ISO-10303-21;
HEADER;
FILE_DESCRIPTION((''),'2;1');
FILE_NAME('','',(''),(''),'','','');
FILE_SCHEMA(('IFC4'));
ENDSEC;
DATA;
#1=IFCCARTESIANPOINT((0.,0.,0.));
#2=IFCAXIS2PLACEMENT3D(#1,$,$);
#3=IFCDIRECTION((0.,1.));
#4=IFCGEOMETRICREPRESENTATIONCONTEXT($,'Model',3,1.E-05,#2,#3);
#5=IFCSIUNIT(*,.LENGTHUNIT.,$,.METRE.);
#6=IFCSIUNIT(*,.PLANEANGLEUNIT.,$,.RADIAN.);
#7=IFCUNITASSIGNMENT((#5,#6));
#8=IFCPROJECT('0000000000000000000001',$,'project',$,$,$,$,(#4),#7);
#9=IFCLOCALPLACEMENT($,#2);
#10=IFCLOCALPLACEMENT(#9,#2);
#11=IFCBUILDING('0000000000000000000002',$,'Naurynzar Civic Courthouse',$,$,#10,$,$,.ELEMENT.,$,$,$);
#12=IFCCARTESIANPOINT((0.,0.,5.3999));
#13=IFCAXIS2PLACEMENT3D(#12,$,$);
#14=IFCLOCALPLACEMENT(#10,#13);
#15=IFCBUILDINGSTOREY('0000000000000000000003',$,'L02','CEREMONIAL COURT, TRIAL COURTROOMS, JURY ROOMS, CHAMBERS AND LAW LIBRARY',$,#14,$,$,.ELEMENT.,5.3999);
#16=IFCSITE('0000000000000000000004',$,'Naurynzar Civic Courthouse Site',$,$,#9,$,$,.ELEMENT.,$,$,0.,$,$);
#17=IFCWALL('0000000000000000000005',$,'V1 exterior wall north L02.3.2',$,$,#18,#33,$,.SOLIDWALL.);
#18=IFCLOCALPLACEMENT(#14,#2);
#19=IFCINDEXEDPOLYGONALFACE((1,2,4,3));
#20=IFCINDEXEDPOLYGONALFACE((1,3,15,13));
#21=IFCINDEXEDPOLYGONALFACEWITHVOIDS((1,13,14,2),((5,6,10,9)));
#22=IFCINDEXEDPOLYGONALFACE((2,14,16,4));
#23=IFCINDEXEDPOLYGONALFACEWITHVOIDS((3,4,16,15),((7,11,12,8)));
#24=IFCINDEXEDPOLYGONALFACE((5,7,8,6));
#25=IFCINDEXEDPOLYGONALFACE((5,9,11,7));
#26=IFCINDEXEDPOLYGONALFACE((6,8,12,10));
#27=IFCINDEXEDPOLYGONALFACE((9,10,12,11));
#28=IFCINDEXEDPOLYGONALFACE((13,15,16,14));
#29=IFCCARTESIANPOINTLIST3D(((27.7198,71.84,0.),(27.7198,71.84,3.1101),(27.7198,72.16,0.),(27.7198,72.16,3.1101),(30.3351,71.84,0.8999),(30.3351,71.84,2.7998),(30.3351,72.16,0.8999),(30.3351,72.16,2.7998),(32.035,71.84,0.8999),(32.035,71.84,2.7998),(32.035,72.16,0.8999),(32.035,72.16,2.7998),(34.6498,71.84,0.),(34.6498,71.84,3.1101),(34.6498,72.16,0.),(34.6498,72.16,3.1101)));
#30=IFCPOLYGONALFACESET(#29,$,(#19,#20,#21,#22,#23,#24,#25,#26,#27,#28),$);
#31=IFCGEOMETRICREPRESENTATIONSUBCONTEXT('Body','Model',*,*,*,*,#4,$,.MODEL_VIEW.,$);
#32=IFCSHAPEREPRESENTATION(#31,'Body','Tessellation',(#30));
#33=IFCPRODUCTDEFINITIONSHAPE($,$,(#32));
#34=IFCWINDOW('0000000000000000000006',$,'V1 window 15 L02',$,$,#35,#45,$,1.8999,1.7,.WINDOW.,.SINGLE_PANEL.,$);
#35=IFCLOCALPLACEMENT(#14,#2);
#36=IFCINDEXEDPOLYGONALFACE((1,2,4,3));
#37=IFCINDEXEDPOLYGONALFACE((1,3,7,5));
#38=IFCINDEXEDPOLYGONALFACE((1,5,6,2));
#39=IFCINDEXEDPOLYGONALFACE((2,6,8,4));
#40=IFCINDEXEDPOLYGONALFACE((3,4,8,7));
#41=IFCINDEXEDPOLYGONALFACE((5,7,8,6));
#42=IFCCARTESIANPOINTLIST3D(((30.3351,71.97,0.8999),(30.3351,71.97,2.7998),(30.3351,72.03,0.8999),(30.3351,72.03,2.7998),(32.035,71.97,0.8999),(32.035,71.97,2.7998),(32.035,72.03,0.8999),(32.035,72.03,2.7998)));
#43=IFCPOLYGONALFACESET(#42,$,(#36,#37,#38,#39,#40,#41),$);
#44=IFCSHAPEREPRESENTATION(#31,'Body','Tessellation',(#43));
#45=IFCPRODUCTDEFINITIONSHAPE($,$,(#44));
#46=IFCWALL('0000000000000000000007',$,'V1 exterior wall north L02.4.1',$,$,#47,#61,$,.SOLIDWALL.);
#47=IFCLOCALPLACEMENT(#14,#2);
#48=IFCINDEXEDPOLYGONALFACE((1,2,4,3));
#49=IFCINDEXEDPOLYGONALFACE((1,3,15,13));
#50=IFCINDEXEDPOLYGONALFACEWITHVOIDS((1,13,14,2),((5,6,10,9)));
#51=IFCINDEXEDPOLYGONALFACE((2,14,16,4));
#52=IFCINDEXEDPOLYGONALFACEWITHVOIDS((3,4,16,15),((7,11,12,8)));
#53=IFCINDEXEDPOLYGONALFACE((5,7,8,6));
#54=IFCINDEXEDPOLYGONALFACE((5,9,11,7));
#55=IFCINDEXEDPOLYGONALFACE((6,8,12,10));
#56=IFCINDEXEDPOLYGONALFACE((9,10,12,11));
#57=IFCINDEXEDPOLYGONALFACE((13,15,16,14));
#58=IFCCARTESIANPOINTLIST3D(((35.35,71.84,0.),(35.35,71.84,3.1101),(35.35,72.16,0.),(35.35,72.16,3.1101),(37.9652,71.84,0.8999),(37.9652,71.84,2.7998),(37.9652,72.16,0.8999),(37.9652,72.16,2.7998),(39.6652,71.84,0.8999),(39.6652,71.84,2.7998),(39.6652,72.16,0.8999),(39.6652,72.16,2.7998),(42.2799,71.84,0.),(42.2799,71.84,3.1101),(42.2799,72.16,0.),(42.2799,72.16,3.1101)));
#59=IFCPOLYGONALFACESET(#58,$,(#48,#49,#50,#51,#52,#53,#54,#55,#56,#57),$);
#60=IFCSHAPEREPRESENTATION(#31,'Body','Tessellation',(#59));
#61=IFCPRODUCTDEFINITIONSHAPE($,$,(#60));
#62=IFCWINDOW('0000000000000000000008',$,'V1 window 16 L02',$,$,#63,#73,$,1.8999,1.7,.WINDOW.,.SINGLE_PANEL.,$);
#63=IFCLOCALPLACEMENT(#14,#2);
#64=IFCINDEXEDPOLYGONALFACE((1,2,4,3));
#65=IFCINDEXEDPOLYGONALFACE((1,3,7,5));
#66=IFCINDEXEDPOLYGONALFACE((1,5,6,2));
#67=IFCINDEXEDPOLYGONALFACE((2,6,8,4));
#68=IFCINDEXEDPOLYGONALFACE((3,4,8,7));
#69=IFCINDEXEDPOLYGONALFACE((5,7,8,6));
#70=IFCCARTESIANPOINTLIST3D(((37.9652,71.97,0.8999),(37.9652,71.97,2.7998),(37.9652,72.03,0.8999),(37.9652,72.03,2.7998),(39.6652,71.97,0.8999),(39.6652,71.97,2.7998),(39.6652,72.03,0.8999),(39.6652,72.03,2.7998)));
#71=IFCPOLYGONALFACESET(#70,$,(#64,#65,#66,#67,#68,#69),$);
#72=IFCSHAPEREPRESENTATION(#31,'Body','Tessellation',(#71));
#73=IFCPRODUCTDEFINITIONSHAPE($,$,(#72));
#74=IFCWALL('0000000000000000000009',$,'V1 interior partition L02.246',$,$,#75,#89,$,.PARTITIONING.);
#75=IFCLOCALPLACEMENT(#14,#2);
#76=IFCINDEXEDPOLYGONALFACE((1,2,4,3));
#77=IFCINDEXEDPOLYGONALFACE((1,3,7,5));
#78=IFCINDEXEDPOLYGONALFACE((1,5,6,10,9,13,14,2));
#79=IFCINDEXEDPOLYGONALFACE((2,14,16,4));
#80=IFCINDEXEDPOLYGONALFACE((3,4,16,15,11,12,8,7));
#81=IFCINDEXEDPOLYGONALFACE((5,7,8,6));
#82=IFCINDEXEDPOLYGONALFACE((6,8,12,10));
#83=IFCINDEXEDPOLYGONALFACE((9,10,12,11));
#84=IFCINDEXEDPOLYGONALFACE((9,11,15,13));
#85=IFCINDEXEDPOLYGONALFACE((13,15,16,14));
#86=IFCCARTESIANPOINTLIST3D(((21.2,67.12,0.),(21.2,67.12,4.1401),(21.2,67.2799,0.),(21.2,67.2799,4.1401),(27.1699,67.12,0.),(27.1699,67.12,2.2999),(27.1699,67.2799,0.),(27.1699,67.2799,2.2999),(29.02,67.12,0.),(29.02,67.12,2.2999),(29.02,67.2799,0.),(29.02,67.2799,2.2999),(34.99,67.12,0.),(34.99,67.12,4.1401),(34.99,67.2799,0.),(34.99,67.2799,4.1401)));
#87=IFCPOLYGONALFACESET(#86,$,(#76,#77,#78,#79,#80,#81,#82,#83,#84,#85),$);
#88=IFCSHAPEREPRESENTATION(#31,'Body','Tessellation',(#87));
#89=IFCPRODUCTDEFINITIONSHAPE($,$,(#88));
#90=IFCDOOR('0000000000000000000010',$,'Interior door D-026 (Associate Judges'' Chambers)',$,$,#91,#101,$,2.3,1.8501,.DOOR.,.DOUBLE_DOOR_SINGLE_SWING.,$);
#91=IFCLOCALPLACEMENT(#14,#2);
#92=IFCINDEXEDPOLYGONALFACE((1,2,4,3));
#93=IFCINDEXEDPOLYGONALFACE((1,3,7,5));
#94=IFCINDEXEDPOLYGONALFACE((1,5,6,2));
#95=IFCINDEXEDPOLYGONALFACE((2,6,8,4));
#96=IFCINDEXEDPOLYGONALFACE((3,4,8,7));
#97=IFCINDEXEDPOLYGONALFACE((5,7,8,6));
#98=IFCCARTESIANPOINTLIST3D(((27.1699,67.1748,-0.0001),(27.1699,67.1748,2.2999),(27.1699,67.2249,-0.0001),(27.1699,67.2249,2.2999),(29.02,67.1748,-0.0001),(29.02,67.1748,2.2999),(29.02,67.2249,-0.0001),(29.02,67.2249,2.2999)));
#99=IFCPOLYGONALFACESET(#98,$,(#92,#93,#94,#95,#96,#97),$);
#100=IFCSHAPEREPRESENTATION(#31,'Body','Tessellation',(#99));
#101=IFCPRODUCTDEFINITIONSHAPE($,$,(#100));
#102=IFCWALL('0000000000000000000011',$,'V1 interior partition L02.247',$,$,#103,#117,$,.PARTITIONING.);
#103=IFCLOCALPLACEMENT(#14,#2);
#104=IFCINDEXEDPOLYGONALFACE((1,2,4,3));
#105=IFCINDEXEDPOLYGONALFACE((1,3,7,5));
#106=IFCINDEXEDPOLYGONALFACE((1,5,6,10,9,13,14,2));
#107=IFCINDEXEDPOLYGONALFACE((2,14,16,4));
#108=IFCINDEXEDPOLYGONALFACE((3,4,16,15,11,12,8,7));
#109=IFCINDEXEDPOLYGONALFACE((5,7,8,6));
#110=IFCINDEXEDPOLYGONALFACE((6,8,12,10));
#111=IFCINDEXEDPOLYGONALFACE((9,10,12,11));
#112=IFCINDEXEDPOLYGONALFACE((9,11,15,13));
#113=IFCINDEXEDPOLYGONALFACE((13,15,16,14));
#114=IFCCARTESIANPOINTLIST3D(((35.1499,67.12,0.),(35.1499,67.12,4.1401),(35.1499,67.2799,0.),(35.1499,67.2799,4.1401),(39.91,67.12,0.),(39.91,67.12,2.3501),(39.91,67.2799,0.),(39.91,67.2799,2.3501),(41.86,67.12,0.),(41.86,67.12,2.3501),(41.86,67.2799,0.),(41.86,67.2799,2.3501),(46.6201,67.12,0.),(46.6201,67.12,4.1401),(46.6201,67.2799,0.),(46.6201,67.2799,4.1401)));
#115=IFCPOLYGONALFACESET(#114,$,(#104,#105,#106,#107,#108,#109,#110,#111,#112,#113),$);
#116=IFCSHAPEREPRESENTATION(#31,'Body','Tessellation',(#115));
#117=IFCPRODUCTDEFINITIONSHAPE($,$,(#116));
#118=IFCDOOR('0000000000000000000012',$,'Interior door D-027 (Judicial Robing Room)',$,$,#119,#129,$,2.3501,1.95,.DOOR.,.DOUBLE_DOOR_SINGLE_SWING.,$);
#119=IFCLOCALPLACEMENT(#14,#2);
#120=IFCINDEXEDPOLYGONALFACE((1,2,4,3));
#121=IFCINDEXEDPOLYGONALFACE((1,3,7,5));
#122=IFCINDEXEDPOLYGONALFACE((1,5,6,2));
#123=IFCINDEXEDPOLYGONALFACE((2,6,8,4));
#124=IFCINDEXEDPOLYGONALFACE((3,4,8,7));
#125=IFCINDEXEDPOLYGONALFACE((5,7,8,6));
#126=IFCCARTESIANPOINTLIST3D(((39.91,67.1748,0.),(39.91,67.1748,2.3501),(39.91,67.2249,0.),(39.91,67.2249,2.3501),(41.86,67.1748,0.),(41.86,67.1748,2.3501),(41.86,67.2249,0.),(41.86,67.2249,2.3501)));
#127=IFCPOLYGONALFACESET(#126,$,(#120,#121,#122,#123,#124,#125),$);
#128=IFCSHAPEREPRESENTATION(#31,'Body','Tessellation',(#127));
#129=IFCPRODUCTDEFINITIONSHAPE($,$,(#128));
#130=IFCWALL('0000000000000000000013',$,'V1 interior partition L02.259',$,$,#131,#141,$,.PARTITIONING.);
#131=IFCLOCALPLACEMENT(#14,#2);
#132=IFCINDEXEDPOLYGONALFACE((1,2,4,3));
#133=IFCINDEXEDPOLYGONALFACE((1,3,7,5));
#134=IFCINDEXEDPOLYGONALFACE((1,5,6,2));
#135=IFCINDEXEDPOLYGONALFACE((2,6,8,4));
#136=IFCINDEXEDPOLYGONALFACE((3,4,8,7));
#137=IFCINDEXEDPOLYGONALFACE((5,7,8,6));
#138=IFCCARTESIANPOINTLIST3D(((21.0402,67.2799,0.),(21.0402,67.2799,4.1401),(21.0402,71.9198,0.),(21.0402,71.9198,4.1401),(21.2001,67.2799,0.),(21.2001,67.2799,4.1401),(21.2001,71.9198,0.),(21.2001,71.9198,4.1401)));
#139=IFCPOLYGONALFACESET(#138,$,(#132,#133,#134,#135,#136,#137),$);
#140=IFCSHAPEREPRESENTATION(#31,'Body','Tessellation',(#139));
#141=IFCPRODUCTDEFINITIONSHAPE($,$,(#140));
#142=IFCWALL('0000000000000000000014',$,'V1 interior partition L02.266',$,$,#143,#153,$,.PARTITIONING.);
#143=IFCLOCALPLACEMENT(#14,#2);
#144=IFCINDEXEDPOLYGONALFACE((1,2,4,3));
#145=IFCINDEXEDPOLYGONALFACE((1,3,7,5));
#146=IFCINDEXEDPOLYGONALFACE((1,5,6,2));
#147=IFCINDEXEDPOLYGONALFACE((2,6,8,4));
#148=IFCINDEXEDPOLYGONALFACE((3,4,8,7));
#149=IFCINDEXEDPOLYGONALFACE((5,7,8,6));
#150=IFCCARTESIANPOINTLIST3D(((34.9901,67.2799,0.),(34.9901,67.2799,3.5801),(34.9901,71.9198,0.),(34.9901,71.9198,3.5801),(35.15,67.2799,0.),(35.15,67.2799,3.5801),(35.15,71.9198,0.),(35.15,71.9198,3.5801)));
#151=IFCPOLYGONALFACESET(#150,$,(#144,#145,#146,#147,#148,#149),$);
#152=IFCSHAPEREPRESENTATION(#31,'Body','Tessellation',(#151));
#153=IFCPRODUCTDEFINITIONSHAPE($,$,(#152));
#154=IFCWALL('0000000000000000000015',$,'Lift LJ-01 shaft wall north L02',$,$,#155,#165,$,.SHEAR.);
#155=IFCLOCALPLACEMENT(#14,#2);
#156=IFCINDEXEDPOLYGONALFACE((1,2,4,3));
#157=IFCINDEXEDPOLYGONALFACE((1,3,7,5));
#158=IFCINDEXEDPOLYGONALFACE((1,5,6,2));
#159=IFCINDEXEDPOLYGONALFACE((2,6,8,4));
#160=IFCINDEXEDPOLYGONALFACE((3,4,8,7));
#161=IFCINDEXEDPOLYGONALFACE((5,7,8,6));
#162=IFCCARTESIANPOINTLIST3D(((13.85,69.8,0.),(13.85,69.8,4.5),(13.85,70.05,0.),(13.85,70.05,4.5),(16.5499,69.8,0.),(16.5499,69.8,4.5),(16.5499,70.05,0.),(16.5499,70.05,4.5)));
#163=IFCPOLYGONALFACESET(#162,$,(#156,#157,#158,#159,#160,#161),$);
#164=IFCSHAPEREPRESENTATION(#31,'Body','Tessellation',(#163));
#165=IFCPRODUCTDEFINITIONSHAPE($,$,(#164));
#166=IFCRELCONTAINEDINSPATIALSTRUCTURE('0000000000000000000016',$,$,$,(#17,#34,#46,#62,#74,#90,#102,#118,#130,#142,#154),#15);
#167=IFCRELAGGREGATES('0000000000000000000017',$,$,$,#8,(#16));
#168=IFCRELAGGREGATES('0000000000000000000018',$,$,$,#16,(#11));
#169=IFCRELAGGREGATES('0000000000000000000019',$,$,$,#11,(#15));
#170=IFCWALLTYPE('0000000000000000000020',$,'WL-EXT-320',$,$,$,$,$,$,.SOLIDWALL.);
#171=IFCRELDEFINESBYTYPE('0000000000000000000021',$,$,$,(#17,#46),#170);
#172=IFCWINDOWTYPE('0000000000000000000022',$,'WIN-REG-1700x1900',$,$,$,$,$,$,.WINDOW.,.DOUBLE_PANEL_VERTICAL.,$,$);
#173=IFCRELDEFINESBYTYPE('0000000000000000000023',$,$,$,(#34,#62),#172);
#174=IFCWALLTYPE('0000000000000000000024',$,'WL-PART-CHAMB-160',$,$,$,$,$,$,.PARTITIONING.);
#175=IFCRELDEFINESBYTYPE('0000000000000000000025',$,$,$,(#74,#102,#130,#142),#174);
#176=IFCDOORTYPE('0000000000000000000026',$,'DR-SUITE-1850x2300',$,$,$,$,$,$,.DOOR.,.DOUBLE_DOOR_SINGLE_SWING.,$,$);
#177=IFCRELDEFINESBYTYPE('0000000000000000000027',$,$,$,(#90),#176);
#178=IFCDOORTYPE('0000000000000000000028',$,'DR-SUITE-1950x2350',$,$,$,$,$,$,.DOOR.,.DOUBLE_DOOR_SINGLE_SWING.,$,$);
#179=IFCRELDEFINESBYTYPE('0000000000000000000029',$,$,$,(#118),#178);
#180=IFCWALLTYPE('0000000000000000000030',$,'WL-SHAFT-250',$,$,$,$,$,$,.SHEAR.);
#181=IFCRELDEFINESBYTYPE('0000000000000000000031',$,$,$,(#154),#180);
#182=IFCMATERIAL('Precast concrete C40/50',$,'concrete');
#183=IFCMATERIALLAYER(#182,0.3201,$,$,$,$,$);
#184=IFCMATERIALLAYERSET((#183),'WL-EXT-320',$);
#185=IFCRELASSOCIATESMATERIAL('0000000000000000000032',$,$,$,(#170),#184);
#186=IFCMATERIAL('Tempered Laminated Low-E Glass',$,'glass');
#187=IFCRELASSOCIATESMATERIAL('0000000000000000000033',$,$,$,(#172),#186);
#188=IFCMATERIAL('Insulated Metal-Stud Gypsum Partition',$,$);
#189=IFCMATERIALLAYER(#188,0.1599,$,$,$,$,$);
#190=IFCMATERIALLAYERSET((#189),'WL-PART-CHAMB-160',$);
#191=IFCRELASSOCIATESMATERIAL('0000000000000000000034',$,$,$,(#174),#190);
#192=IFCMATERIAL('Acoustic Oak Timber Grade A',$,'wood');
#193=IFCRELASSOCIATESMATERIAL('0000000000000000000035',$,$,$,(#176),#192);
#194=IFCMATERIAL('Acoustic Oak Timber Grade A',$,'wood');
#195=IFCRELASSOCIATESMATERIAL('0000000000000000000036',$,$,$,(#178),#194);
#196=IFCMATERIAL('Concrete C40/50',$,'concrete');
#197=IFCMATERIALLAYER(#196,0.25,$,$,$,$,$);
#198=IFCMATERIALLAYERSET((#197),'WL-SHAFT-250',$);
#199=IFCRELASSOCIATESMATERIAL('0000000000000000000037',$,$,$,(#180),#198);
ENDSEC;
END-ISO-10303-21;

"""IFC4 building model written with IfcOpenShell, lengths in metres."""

from ifc_helpers import new_model, si_unit, direction, frame, frame_2d, origin, place, context, subcontext, project, spatial, rectangle, extrude, material, layer, layer_set, type_object, element, fill, save


model = new_model("IFC4")

# Units and contexts
model_context = context("Model", 3, precision=1e-05, world=origin(), true_north=direction((0.0, 1.0)))
body_context = subcontext(model_context, "Body", "Model", "MODEL_VIEW")
ifc_project = project(units=[si_unit("LENGTHUNIT", "METRE"), si_unit("PLANEANGLEUNIT", "RADIAN")], contexts=[model_context])

# Site, building, storey
site_placement = place(None, origin())
site = spatial("IfcSite", under=ifc_project, at=site_placement, Name="Naurynzar Civic Courthouse Site", CompositionType="ELEMENT", RefElevation=0.0)
building_placement = place(site_placement, origin())
building = spatial("IfcBuilding", under=site, at=building_placement, Name="Naurynzar Civic Courthouse", CompositionType="ELEMENT")
storey_placement = place(building_placement, frame((0.0, 0.0, 5.3999)))
storey = spatial("IfcBuildingStorey", under=building, at=storey_placement, Name="L02", Description="CEREMONIAL COURT, TRIAL COURTROOMS, JURY ROOMS, CHAMBERS AND LAW LIBRARY", CompositionType="ELEMENT", Elevation=5.3999)

# Walls, openings, windows
ifc_material_1 = material(Name="Precast concrete C40/50", Category="concrete")
ifc_layer_1 = layer(ifc_material_1, 0.3201)
ifc_layer_set_1 = layer_set([ifc_layer_1], Name="WL-EXT-320")
wall_type_1 = type_object("IfcWallType", Name="WL-EXT-320", PredefinedType="SOLIDWALL", material=ifc_layer_set_1)
ifc_material_2 = material(Name="Tempered Laminated Low-E Glass", Category="glass")
window_type = type_object("IfcWindowType", Name="WIN-REG-1700x1900", PartitioningType="DOUBLE_PANEL_VERTICAL", PredefinedType="WINDOW", material=ifc_material_2)
wall_1_placement = place(storey_placement, frame((27.72, 72.0, 0.0), z_axis=(0.0, 0.0, 1.0), x_axis=(1.0, 0.0, 0.0)))
wall_1 = element("IfcWall", 1, at=wall_1_placement, inside=storey, type_object=wall_type_1, Name="V1 exterior wall north L02.3.2", PredefinedType="SOLIDWALL", context=body_context, shape_type="SweptSolid", body=[
    extrude(rectangle(XDim=6.9299, YDim=0.3201, at=frame_2d((3.4648, 0.0))), origin(), (0.0, 0.0, 1.0), 3.1101),
])
opening_1_placement = place(wall_1_placement, frame((2.615, 0.0, 0.8999)))
opening_1 = element("IfcOpeningElement", 2, at=opening_1_placement, cuts=wall_1, PredefinedType="OPENING", context=body_context, shape_type="SweptSolid", body=[
    extrude(rectangle(XDim=1.7, YDim=1.8999, at=frame_2d((0.8501, 0.95))), frame((0.0, 0.1699, 0.0), z_axis=(0.0, -1.0, 0.0), x_axis=(1.0, 0.0, 0.0)), (0.0, 0.0, 1.0), 0.3401),
])
window_1_placement = place(opening_1_placement, origin())
window_1 = element("IfcWindow", 3, at=window_1_placement, inside=storey, type_object=window_type, Name="V1 window 15 L02", OverallHeight=1.8999, OverallWidth=1.7, PartitioningType="SINGLE_PANEL", PredefinedType="WINDOW", context=body_context, shape_type="SweptSolid", body=[
    extrude(rectangle(XDim=1.7, YDim=1.8999, at=frame_2d((0.8501, 0.95))), frame((0.0, 0.03, 0.0), z_axis=(0.0, -1.0, 0.0), x_axis=(1.0, 0.0, 0.0)), (0.0, 0.0, 1.0), 0.0601),
])
fill(opening_1, window_1)
wall_2_placement = place(storey_placement, frame((35.3501, 72.0, 0.0), z_axis=(0.0, 0.0, 1.0), x_axis=(1.0, 0.0, 0.0)))
wall_2 = element("IfcWall", 4, at=wall_2_placement, inside=storey, type_object=wall_type_1, Name="V1 exterior wall north L02.4.1", PredefinedType="SOLIDWALL", context=body_context, shape_type="SweptSolid", body=[
    extrude(rectangle(XDim=6.9299, YDim=0.3201, at=frame_2d((3.4648, 0.0))), origin(), (0.0, 0.0, 1.0), 3.1101),
])
opening_2_placement = place(wall_2_placement, frame((2.615, 0.0, 0.8999)))
opening_2 = element("IfcOpeningElement", 5, at=opening_2_placement, cuts=wall_2, PredefinedType="OPENING", context=body_context, shape_type="SweptSolid", body=[
    extrude(rectangle(XDim=1.7, YDim=1.8999, at=frame_2d((0.8501, 0.95))), frame((0.0, 0.1699, 0.0), z_axis=(0.0, -1.0, 0.0), x_axis=(1.0, 0.0, 0.0)), (0.0, 0.0, 1.0), 0.3401),
])
window_2_placement = place(opening_2_placement, origin())
window_2 = element("IfcWindow", 6, at=window_2_placement, inside=storey, type_object=window_type, Name="V1 window 16 L02", OverallHeight=1.8999, OverallWidth=1.7, PartitioningType="SINGLE_PANEL", PredefinedType="WINDOW", context=body_context, shape_type="SweptSolid", body=[
    extrude(rectangle(XDim=1.7, YDim=1.8999, at=frame_2d((0.8501, 0.95))), frame((0.0, 0.03, 0.0), z_axis=(0.0, -1.0, 0.0), x_axis=(1.0, 0.0, 0.0)), (0.0, 0.0, 1.0), 0.0601),
])
fill(opening_2, window_2)

# Walls, openings, doors
ifc_material_3 = material(Name="Insulated Metal-Stud Gypsum Partition")
ifc_layer_2 = layer(ifc_material_3, 0.1599)
ifc_layer_set_2 = layer_set([ifc_layer_2], Name="WL-PART-CHAMB-160")
wall_type_2 = type_object("IfcWallType", Name="WL-PART-CHAMB-160", PredefinedType="PARTITIONING", material=ifc_layer_set_2)
wall_3_placement = place(storey_placement, frame((21.2, 67.2, 0.0), z_axis=(0.0, 0.0, 1.0), x_axis=(1.0, 0.0, 0.0)))
wall_3 = element("IfcWall", 7, at=wall_3_placement, inside=storey, type_object=wall_type_2, Name="V1 interior partition L02.246", PredefinedType="PARTITIONING", context=body_context, shape_type="SweptSolid", body=[
    extrude(rectangle(XDim=13.79, YDim=0.1599, at=frame_2d((6.895, 0.0))), origin(), (0.0, 0.0, 1.0), 4.1401),
])
opening_3_placement = place(wall_3_placement, frame((5.97, 0.0, 0.0)))
opening_3 = element("IfcOpeningElement", 8, at=opening_3_placement, cuts=wall_3, PredefinedType="OPENING", context=body_context, shape_type="SweptSolid", body=[
    extrude(rectangle(XDim=1.8501, YDim=2.3, at=frame_2d((0.925, 1.1499))), frame((0.0, 0.0898, 0.0), z_axis=(0.0, -1.0, 0.0), x_axis=(1.0, 0.0, 0.0)), (0.0, 0.0, 1.0), 0.1799),
])
ifc_material_4 = material(Name="Acoustic Oak Timber Grade A", Category="wood")
door_type_1 = type_object("IfcDoorType", Name="DR-SUITE-1850x2300", OperationType="DOUBLE_DOOR_SINGLE_SWING", PredefinedType="DOOR", material=ifc_material_4)
door_1_placement = place(opening_3_placement, origin())
door_1 = element("IfcDoor", 9, at=door_1_placement, inside=storey, type_object=door_type_1, Name="Interior door D-026 (Associate Judges' Chambers)", OperationType="DOUBLE_DOOR_SINGLE_SWING", OverallHeight=2.3, OverallWidth=1.8501, PredefinedType="DOOR", context=body_context, shape_type="SweptSolid", body=[
    extrude(rectangle(XDim=1.8501, YDim=2.3, at=frame_2d((0.925, 1.1499))), frame((0.0, 0.0249, 0.0), z_axis=(0.0, -1.0, 0.0), x_axis=(1.0, 0.0, 0.0)), (0.0, 0.0, 1.0), 0.05),
])
fill(opening_3, door_1)
wall_4_placement = place(storey_placement, frame((35.1499, 67.2, 0.0), z_axis=(0.0, 0.0, 1.0), x_axis=(1.0, 0.0, 0.0)))
wall_4 = element("IfcWall", 10, at=wall_4_placement, inside=storey, type_object=wall_type_2, Name="V1 interior partition L02.247", PredefinedType="PARTITIONING", context=body_context, shape_type="SweptSolid", body=[
    extrude(rectangle(XDim=11.4702, YDim=0.1599, at=frame_2d((5.7351, 0.0))), origin(), (0.0, 0.0, 1.0), 4.1401),
])
opening_4_placement = place(wall_4_placement, frame((4.76, 0.0, 0.0)))
opening_4 = element("IfcOpeningElement", 11, at=opening_4_placement, cuts=wall_4, PredefinedType="OPENING", context=body_context, shape_type="SweptSolid", body=[
    extrude(rectangle(XDim=1.95, YDim=2.3501, at=frame_2d((0.9751, 1.175))), frame((0.0, 0.0898, 0.0), z_axis=(0.0, -1.0, 0.0), x_axis=(1.0, 0.0, 0.0)), (0.0, 0.0, 1.0), 0.1799),
])
ifc_material_5 = material(Name="Acoustic Oak Timber Grade A", Category="wood")
door_type_2 = type_object("IfcDoorType", Name="DR-SUITE-1950x2350", OperationType="DOUBLE_DOOR_SINGLE_SWING", PredefinedType="DOOR", material=ifc_material_5)
door_2_placement = place(opening_4_placement, origin())
door_2 = element("IfcDoor", 12, at=door_2_placement, inside=storey, type_object=door_type_2, Name="Interior door D-027 (Judicial Robing Room)", OperationType="DOUBLE_DOOR_SINGLE_SWING", OverallHeight=2.3501, OverallWidth=1.95, PredefinedType="DOOR", context=body_context, shape_type="SweptSolid", body=[
    extrude(rectangle(XDim=1.95, YDim=2.3501, at=frame_2d((0.9751, 1.175))), frame((0.0, 0.0249, 0.0), z_axis=(0.0, -1.0, 0.0), x_axis=(1.0, 0.0, 0.0)), (0.0, 0.0, 1.0), 0.05),
])
fill(opening_4, door_2)

# Walls
wall_5_placement = place(storey_placement, frame((21.1201, 67.28, 0.0), z_axis=(0.0, 0.0, 1.0), x_axis=(0.0, 1.0, 0.0)))
element("IfcWall", 13, at=wall_5_placement, inside=storey, type_object=wall_type_2, Name="V1 interior partition L02.259", PredefinedType="PARTITIONING", context=body_context, shape_type="SweptSolid", body=[
    extrude(rectangle(XDim=4.6399, YDim=0.1599, at=frame_2d((2.3198, 0.0))), origin(), (0.0, 0.0, 1.0), 4.1401),
])
wall_6_placement = place(storey_placement, frame((35.0701, 67.28, 0.0), z_axis=(0.0, 0.0, 1.0), x_axis=(0.0, 1.0, 0.0)))
element("IfcWall", 14, at=wall_6_placement, inside=storey, type_object=wall_type_2, Name="V1 interior partition L02.266", PredefinedType="PARTITIONING", context=body_context, shape_type="SweptSolid", body=[
    extrude(rectangle(XDim=4.6399, YDim=0.1599, at=frame_2d((2.3198, 0.0))), origin(), (0.0, 0.0, 1.0), 3.5801),
])
ifc_material_6 = material(Name="Concrete C40/50", Category="concrete")
ifc_layer_3 = layer(ifc_material_6, 0.25)
ifc_layer_set_3 = layer_set([ifc_layer_3], Name="WL-SHAFT-250")
wall_type_3 = type_object("IfcWallType", Name="WL-SHAFT-250", PredefinedType="SHEAR", material=ifc_layer_set_3)
wall_7_placement = place(storey_placement, frame((16.55, 69.925, 0.0), z_axis=(0.0, 0.0, 1.0), x_axis=(-1.0, 0.0, 0.0)))
element("IfcWall", 15, at=wall_7_placement, inside=storey, type_object=wall_type_3, Name="Lift LJ-01 shaft wall north L02", PredefinedType="SHEAR", context=body_context, shape_type="SweptSolid", body=[
    extrude(rectangle(XDim=2.7, YDim=0.25, at=frame_2d((1.3501, 0.0))), origin(), (0.0, 0.0, 1.0), 4.5),
])

save(model, "model.ifc")
